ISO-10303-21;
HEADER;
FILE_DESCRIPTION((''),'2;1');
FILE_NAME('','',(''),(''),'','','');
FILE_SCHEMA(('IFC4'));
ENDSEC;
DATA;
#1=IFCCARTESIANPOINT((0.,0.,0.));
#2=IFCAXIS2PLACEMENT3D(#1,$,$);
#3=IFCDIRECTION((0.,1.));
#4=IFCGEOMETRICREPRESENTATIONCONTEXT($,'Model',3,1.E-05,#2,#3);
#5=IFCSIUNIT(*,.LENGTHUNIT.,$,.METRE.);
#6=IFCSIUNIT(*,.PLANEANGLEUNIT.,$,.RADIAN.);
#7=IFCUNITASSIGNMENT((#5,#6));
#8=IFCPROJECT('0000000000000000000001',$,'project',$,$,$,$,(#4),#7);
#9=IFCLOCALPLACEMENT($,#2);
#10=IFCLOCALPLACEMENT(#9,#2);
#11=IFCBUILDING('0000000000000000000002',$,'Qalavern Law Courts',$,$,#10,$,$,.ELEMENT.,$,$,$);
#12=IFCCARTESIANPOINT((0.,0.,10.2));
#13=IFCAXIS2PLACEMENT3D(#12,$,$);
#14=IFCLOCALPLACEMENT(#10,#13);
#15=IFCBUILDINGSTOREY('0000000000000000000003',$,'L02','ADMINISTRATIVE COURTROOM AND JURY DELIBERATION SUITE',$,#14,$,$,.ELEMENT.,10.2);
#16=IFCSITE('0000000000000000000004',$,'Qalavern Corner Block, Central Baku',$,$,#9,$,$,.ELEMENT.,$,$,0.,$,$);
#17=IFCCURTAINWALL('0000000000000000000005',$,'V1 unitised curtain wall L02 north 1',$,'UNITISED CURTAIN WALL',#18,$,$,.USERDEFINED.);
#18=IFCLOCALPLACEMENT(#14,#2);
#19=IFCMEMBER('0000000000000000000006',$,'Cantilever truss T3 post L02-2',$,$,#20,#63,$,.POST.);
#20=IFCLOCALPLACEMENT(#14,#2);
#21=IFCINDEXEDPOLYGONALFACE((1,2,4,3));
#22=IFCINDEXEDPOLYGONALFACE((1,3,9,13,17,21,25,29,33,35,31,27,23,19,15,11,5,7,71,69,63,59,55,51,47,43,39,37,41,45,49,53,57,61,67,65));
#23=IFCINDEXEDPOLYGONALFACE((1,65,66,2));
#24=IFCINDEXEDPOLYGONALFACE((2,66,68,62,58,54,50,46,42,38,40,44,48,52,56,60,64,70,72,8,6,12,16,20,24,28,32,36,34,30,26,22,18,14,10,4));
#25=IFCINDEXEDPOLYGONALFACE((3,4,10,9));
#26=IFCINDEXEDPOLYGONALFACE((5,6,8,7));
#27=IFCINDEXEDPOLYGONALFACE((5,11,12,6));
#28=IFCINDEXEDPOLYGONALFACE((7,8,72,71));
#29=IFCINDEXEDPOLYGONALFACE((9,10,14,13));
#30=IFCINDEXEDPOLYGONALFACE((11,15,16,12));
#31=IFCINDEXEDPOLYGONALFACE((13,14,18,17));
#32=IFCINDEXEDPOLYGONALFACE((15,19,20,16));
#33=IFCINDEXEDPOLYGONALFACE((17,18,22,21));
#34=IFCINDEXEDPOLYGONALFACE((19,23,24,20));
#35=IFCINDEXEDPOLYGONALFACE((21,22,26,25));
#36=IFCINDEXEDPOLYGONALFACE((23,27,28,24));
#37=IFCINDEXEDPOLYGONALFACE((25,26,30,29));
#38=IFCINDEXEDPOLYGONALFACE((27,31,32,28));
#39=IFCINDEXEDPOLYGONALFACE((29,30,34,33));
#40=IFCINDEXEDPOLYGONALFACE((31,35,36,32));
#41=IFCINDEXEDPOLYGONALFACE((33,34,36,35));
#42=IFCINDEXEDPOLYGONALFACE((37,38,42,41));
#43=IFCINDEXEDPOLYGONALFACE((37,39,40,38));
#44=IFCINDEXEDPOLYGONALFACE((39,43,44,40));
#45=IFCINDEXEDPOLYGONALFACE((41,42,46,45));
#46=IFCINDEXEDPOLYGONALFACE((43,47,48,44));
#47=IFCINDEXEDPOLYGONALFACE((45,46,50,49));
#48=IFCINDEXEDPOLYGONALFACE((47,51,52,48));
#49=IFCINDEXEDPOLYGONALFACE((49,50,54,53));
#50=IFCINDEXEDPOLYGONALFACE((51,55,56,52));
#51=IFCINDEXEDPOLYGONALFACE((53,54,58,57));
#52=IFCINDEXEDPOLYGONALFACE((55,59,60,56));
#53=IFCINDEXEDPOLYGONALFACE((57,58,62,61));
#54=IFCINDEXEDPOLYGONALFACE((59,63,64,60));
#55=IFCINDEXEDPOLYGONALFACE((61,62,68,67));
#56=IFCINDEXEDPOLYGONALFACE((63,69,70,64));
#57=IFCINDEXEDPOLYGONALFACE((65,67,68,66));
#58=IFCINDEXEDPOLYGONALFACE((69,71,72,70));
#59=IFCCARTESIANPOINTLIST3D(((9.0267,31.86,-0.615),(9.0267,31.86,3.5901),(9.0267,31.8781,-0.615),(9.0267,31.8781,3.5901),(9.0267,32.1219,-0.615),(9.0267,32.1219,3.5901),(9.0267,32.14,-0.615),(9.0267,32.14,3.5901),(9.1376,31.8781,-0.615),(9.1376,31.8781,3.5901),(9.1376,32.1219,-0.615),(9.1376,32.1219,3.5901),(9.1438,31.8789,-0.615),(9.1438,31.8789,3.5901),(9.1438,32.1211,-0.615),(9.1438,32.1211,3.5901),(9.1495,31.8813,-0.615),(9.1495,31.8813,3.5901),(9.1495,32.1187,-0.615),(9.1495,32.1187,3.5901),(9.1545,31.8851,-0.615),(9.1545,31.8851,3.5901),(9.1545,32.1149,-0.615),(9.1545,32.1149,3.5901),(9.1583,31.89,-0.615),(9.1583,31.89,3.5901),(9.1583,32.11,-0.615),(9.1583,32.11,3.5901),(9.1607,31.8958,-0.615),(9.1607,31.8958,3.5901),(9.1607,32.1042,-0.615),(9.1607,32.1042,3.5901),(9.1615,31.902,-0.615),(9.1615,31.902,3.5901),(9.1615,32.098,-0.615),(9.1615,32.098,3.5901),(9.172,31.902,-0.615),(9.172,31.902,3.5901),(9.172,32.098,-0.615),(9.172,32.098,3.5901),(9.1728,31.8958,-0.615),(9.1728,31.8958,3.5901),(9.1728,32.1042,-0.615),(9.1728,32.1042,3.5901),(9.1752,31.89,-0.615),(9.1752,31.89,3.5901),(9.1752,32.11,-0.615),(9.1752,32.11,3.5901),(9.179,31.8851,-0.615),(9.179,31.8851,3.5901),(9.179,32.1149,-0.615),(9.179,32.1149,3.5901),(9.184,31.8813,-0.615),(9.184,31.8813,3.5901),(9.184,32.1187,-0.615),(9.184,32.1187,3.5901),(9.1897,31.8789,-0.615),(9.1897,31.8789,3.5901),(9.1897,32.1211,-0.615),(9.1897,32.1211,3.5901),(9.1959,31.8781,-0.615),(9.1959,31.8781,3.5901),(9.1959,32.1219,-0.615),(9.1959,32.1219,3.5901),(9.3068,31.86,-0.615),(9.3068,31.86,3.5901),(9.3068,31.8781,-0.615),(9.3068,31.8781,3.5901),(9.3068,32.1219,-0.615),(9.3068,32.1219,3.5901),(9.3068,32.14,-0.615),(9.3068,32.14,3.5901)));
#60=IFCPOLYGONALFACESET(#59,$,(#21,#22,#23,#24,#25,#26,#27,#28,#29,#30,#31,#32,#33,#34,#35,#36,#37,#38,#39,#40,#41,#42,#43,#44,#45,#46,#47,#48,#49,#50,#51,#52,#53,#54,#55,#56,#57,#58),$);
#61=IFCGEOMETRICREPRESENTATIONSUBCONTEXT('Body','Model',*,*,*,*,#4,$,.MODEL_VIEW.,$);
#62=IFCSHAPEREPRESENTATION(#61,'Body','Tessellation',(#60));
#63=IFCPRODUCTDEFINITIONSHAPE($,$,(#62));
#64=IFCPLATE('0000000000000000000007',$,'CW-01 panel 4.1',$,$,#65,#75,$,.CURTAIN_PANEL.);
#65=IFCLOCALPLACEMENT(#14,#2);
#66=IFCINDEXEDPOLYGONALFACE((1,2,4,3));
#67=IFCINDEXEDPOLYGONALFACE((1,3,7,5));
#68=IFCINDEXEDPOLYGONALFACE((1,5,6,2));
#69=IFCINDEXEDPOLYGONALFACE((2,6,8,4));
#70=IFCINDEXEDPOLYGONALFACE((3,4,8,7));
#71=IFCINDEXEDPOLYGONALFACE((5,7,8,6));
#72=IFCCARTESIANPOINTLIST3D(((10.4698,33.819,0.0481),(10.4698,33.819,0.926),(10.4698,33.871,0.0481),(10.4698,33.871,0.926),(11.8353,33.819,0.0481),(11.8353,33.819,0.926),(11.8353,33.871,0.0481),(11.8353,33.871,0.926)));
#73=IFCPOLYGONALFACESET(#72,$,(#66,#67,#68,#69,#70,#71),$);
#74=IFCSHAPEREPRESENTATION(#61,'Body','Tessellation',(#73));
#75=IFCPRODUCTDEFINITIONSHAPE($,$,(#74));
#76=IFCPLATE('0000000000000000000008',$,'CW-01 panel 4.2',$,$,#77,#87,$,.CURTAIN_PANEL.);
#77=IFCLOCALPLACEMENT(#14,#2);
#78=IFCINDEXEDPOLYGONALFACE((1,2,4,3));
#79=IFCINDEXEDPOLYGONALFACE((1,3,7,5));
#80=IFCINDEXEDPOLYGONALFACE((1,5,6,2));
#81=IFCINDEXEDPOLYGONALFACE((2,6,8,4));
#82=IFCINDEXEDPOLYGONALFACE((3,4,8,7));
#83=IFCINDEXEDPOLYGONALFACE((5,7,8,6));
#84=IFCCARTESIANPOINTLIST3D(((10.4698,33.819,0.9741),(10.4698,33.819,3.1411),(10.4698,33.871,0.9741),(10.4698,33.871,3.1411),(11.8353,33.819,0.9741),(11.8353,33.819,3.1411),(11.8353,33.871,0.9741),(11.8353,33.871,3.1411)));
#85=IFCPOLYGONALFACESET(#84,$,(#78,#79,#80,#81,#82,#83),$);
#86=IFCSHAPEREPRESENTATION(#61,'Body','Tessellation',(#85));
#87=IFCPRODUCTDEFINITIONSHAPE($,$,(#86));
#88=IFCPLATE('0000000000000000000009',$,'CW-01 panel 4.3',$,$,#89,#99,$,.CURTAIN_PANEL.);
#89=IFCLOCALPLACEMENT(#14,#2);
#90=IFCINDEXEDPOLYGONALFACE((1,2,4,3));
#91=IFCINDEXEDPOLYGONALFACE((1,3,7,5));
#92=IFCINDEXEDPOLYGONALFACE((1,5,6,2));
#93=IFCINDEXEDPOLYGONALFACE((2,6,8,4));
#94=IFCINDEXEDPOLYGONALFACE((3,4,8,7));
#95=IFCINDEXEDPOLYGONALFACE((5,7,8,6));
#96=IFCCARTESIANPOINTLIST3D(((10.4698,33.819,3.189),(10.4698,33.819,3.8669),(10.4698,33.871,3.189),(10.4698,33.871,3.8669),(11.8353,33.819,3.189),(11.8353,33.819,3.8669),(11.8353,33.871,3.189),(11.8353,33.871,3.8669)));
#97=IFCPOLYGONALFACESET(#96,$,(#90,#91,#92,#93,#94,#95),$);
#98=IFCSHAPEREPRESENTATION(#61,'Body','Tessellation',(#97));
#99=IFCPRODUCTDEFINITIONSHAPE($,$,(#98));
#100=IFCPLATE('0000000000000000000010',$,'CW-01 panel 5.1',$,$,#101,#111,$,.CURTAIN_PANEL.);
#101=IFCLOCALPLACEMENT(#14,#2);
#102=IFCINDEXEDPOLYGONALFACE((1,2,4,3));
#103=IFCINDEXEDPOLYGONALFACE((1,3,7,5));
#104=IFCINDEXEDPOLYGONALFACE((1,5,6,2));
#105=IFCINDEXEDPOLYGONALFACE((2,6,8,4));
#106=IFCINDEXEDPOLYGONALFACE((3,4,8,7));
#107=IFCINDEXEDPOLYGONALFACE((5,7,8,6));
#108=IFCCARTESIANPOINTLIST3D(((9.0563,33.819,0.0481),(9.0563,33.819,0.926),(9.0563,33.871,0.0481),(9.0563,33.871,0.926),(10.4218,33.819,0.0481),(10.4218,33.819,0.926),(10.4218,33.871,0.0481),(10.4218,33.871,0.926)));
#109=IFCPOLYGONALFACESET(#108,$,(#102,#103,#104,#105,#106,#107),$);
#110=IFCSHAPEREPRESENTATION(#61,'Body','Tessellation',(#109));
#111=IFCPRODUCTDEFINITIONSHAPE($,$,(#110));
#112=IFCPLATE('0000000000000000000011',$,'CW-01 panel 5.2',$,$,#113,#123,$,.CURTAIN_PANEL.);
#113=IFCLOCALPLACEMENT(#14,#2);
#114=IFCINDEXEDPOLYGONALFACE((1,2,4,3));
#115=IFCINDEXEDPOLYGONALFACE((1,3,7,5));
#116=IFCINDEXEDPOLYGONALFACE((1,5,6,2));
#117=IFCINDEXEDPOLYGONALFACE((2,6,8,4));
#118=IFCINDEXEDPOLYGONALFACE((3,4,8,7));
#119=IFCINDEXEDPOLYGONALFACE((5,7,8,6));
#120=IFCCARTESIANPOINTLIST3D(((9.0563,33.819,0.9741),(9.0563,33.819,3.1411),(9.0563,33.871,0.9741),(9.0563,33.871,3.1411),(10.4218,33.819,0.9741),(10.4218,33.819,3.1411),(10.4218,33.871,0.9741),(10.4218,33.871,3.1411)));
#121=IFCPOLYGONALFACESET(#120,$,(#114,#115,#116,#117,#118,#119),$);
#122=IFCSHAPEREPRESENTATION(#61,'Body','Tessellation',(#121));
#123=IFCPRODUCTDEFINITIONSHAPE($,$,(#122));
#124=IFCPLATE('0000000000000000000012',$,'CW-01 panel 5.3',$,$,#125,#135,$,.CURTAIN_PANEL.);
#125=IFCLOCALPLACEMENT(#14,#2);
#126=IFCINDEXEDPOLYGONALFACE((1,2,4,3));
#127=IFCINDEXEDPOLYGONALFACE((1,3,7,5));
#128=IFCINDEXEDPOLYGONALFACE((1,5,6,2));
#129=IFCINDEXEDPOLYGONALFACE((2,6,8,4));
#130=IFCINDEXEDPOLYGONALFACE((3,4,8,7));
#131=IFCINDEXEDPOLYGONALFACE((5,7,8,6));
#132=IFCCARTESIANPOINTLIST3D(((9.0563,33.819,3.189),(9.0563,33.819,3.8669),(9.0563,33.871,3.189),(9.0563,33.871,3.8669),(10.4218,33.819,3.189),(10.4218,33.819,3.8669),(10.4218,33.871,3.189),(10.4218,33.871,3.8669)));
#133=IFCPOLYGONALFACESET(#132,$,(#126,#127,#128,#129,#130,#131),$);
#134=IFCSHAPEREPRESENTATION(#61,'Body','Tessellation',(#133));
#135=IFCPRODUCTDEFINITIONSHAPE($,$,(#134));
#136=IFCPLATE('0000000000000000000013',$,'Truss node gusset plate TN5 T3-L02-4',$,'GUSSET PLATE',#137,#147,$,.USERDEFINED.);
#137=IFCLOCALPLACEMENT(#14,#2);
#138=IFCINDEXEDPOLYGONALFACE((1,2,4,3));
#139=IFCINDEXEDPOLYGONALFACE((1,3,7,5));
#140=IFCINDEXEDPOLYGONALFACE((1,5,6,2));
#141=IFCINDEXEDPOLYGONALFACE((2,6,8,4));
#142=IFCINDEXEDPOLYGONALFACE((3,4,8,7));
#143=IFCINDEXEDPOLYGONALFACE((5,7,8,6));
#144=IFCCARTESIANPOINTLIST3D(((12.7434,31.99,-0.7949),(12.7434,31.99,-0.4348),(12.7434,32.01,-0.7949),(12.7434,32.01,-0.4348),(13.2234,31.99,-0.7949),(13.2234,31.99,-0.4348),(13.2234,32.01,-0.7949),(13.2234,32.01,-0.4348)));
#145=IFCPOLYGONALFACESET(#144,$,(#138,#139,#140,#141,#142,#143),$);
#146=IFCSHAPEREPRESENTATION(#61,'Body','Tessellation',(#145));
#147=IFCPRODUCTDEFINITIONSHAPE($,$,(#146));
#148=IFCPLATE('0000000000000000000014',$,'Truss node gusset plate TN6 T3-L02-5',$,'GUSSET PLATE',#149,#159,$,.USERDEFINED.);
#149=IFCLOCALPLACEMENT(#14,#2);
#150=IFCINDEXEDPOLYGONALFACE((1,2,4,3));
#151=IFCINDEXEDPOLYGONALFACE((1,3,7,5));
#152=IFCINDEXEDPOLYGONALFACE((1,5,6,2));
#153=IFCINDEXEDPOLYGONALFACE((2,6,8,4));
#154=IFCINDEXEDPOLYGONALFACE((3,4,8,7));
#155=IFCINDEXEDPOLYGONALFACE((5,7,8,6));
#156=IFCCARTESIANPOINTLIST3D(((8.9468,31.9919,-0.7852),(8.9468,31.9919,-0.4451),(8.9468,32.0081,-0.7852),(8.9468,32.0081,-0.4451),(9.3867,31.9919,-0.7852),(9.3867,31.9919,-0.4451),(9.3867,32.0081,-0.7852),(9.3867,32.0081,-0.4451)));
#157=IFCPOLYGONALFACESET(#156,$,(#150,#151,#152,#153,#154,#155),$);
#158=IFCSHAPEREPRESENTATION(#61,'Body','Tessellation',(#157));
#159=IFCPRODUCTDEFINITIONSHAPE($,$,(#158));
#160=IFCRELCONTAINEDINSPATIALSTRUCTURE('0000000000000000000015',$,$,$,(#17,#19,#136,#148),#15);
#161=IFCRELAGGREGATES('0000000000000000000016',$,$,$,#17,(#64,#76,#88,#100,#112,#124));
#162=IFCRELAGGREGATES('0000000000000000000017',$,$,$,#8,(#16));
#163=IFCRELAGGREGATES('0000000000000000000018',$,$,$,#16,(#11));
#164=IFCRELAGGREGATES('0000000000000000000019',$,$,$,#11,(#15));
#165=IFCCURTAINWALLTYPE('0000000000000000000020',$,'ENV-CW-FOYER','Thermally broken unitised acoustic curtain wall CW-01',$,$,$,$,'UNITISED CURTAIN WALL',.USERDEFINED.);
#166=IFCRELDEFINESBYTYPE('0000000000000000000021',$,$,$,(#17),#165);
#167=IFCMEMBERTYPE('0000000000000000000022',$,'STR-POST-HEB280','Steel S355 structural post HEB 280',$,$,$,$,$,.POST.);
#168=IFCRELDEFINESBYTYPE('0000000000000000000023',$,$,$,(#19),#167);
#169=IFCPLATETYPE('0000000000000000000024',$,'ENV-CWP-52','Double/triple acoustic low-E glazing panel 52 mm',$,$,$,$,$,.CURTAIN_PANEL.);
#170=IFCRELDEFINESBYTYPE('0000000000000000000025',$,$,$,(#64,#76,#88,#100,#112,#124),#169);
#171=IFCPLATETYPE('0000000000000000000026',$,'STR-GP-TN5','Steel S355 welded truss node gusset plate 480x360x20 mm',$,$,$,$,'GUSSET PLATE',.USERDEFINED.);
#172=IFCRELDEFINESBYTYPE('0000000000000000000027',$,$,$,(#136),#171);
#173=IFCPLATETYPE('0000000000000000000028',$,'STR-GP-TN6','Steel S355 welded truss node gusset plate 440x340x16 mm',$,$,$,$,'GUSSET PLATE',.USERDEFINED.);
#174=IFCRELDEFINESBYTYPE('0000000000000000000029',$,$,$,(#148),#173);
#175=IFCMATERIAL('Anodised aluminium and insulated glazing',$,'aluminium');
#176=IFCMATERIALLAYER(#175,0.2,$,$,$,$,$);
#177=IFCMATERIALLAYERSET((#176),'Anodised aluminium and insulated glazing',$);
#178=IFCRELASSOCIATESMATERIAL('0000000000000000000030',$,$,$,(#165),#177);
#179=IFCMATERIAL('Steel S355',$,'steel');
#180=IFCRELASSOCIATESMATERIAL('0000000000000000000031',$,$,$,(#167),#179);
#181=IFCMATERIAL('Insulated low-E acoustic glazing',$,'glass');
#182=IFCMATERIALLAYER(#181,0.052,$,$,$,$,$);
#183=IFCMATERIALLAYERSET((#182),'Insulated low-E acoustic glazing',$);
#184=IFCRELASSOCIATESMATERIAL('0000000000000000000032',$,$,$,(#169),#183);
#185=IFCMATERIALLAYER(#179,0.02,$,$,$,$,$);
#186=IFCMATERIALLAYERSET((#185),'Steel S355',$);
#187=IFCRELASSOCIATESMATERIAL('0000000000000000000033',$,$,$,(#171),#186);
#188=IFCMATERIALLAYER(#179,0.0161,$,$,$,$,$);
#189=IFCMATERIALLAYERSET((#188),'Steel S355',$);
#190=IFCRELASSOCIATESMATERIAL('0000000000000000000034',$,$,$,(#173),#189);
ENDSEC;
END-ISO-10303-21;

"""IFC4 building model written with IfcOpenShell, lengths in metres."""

from ifc_helpers import new_model, si_unit, direction, frame, origin, origin_2d, place, context, subcontext, project, spatial, rectangle, i_section, extrude, material, layer, layer_set, material_profile, profile_set, type_object, element, aggregate, save


model = new_model("IFC4")

# Units and contexts
model_context = context("Model", 3, precision=1e-05, world=origin(), true_north=direction((0.0, 1.0)))
body_context = subcontext(model_context, "Body", "Model", "MODEL_VIEW")
ifc_project = project(units=[si_unit("LENGTHUNIT", "METRE"), si_unit("PLANEANGLEUNIT", "RADIAN")], contexts=[model_context])

# Site, building, storey
site_placement = place(None, origin())
site = spatial("IfcSite", under=ifc_project, at=site_placement, Name="Qalavern Corner Block, Central Baku", CompositionType="ELEMENT", RefElevation=0.0)
building_placement = place(site_placement, origin())
building = spatial("IfcBuilding", under=site, at=building_placement, Name="Qalavern Law Courts", CompositionType="ELEMENT")
storey_placement = place(building_placement, frame((0.0, 0.0, 10.2)))
storey = spatial("IfcBuildingStorey", under=building, at=storey_placement, Name="L02", Description="ADMINISTRATIVE COURTROOM AND JURY DELIBERATION SUITE", CompositionType="ELEMENT", Elevation=10.2)

# Curtain wall
ifc_material_1 = material(Name="Anodised aluminium and insulated glazing", Category="aluminium")
ifc_layer_1 = layer(ifc_material_1, 0.2)
ifc_layer_set_1 = layer_set([ifc_layer_1], Name="Anodised aluminium and insulated glazing")
curtain_wall_type = type_object("IfcCurtainWallType", Name="ENV-CW-FOYER", Description="Thermally broken unitised acoustic curtain wall CW-01", ElementType="UNITISED CURTAIN WALL", PredefinedType="USERDEFINED", material=ifc_layer_set_1)
curtain_wall_placement = place(storey_placement, origin())
curtain_wall = element("IfcCurtainWall", 1, at=curtain_wall_placement, inside=storey, type_object=curtain_wall_type, Name="V1 unitised curtain wall L02 north 1", ObjectType="UNITISED CURTAIN WALL", PredefinedType="USERDEFINED")

# Shared definitions
ifc_material_2 = material(Name="Steel S355", Category="steel")

# Member
ifc_material_profile_1 = material_profile(ifc_material_2, i_section(OverallWidth=0.28, OverallDepth=0.28, WebThickness=0.0105, FlangeThickness=0.0181, FilletRadius=0.0239, at=origin_2d()), Name="HEB 280")
ifc_profile_set_1 = profile_set([ifc_material_profile_1], Name="Steel S355")
member_type_1 = type_object("IfcMemberType", Name="STR-POST-HEB280", Description="Steel S355 structural post HEB 280", PredefinedType="POST", material=ifc_profile_set_1)
for number, where, z_axis, x_axis, name in (
    (2, (9.1667, 32.0, -0.615), (0.0, 0.0, 1.0), (1.0, 0.0, 0.0), "Cantilever truss T3 post L02-2"),
):
    element("IfcMember", number, at=place(storey_placement, frame(where, z_axis=z_axis, x_axis=x_axis)), inside=storey, type_object=member_type_1, Name=name, PredefinedType="POST", context=body_context, shape_type="SweptSolid", body=[
        extrude(i_section(OverallWidth=0.28, OverallDepth=0.28, WebThickness=0.0105, FlangeThickness=0.0181, FilletRadius=0.0239, at=origin_2d()), origin(), (0.0, 0.0, 1.0), 4.2051),
    ])

# Plates
ifc_material_3 = material(Name="Insulated low-E acoustic glazing", Category="glass")
ifc_layer_2 = layer(ifc_material_3, 0.052)
ifc_layer_set_2 = layer_set([ifc_layer_2], Name="Insulated low-E acoustic glazing")
plate_type_1 = type_object("IfcPlateType", Name="ENV-CWP-52", Description="Double/triple acoustic low-E glazing panel 52 mm", PredefinedType="CURTAIN_PANEL", material=ifc_layer_set_2)
plate_1_placement = place(storey_placement, frame((11.1526, 33.845, 0.0481), z_axis=(0.0, 0.0, 1.0), x_axis=(-1.0, 0.0, 0.0)))
plate_1 = element("IfcPlate", 3, at=plate_1_placement, type_object=plate_type_1, Name="CW-01 panel 4.1", PredefinedType="CURTAIN_PANEL", context=body_context, shape_type="SweptSolid", body=[
    extrude(rectangle(XDim=1.3655, YDim=0.052, at=origin_2d()), origin(), (0.0, 0.0, 1.0), 0.8779),
])
plate_2_placement = place(storey_placement, frame((11.1526, 33.845, 0.9741), z_axis=(0.0, 0.0, 1.0), x_axis=(-1.0, 0.0, 0.0)))
plate_2 = element("IfcPlate", 4, at=plate_2_placement, type_object=plate_type_1, Name="CW-01 panel 4.2", PredefinedType="CURTAIN_PANEL", context=body_context, shape_type="SweptSolid", body=[
    extrude(rectangle(XDim=1.3655, YDim=0.052, at=origin_2d()), origin(), (0.0, 0.0, 1.0), 2.167),
])
plate_3_placement = place(storey_placement, frame((11.1526, 33.845, 3.189), z_axis=(0.0, 0.0, 1.0), x_axis=(-1.0, 0.0, 0.0)))
plate_3 = element("IfcPlate", 5, at=plate_3_placement, type_object=plate_type_1, Name="CW-01 panel 4.3", PredefinedType="CURTAIN_PANEL", context=body_context, shape_type="SweptSolid", body=[
    extrude(rectangle(XDim=1.3655, YDim=0.052, at=origin_2d()), origin(), (0.0, 0.0, 1.0), 0.678),
])
plate_4_placement = place(storey_placement, frame((9.739, 33.845, 0.0481), z_axis=(0.0, 0.0, 1.0), x_axis=(-1.0, 0.0, 0.0)))
plate_4 = element("IfcPlate", 6, at=plate_4_placement, type_object=plate_type_1, Name="CW-01 panel 5.1", PredefinedType="CURTAIN_PANEL", context=body_context, shape_type="SweptSolid", body=[
    extrude(rectangle(XDim=1.3655, YDim=0.052, at=origin_2d()), origin(), (0.0, 0.0, 1.0), 0.8779),
])
plate_5_placement = place(storey_placement, frame((9.739, 33.845, 0.9741), z_axis=(0.0, 0.0, 1.0), x_axis=(-1.0, 0.0, 0.0)))
plate_5 = element("IfcPlate", 7, at=plate_5_placement, type_object=plate_type_1, Name="CW-01 panel 5.2", PredefinedType="CURTAIN_PANEL", context=body_context, shape_type="SweptSolid", body=[
    extrude(rectangle(XDim=1.3655, YDim=0.052, at=origin_2d()), origin(), (0.0, 0.0, 1.0), 2.167),
])
plate_6_placement = place(storey_placement, frame((9.739, 33.845, 3.189), z_axis=(0.0, 0.0, 1.0), x_axis=(-1.0, 0.0, 0.0)))
plate_6 = element("IfcPlate", 8, at=plate_6_placement, type_object=plate_type_1, Name="CW-01 panel 5.3", PredefinedType="CURTAIN_PANEL", context=body_context, shape_type="SweptSolid", body=[
    extrude(rectangle(XDim=1.3655, YDim=0.052, at=origin_2d()), origin(), (0.0, 0.0, 1.0), 0.678),
])
aggregate(curtain_wall, [plate_1, plate_2, plate_3, plate_4, plate_5, plate_6])

# Plates
ifc_layer_3 = layer(ifc_material_2, 0.02)
ifc_layer_set_3 = layer_set([ifc_layer_3], Name="Steel S355")
plate_type_2 = type_object("IfcPlateType", Name="STR-GP-TN5", Description="Steel S355 welded truss node gusset plate 480x360x20 mm", ElementType="GUSSET PLATE", PredefinedType="USERDEFINED", material=ifc_layer_set_3)
plate_7_placement = place(storey_placement, frame((12.9834, 32.0, -0.7949), z_axis=(0.0, 0.0, 1.0), x_axis=(1.0, 0.0, 0.0)))
element("IfcPlate", 9, at=plate_7_placement, inside=storey, type_object=plate_type_2, Name="Truss node gusset plate TN5 T3-L02-4", ObjectType="GUSSET PLATE", PredefinedType="USERDEFINED", context=body_context, shape_type="SweptSolid", body=[
    extrude(rectangle(XDim=0.48, YDim=0.02, at=origin_2d()), origin(), (0.0, 0.0, 1.0), 0.3601),
])
ifc_layer_4 = layer(ifc_material_2, 0.0161)
ifc_layer_set_4 = layer_set([ifc_layer_4], Name="Steel S355")
plate_type_3 = type_object("IfcPlateType", Name="STR-GP-TN6", Description="Steel S355 welded truss node gusset plate 440x340x16 mm", ElementType="GUSSET PLATE", PredefinedType="USERDEFINED", material=ifc_layer_set_4)
plate_8_placement = place(storey_placement, frame((9.1667, 32.0, -0.7852), z_axis=(0.0, 0.0, 1.0), x_axis=(1.0, 0.0, 0.0)))
element("IfcPlate", 10, at=plate_8_placement, inside=storey, type_object=plate_type_3, Name="Truss node gusset plate TN6 T3-L02-5", ObjectType="GUSSET PLATE", PredefinedType="USERDEFINED", context=body_context, shape_type="SweptSolid", body=[
    extrude(rectangle(XDim=0.4399, YDim=0.0161, at=origin_2d()), origin(), (0.0, 0.0, 1.0), 0.3401),
])

save(model, "model.ifc")
